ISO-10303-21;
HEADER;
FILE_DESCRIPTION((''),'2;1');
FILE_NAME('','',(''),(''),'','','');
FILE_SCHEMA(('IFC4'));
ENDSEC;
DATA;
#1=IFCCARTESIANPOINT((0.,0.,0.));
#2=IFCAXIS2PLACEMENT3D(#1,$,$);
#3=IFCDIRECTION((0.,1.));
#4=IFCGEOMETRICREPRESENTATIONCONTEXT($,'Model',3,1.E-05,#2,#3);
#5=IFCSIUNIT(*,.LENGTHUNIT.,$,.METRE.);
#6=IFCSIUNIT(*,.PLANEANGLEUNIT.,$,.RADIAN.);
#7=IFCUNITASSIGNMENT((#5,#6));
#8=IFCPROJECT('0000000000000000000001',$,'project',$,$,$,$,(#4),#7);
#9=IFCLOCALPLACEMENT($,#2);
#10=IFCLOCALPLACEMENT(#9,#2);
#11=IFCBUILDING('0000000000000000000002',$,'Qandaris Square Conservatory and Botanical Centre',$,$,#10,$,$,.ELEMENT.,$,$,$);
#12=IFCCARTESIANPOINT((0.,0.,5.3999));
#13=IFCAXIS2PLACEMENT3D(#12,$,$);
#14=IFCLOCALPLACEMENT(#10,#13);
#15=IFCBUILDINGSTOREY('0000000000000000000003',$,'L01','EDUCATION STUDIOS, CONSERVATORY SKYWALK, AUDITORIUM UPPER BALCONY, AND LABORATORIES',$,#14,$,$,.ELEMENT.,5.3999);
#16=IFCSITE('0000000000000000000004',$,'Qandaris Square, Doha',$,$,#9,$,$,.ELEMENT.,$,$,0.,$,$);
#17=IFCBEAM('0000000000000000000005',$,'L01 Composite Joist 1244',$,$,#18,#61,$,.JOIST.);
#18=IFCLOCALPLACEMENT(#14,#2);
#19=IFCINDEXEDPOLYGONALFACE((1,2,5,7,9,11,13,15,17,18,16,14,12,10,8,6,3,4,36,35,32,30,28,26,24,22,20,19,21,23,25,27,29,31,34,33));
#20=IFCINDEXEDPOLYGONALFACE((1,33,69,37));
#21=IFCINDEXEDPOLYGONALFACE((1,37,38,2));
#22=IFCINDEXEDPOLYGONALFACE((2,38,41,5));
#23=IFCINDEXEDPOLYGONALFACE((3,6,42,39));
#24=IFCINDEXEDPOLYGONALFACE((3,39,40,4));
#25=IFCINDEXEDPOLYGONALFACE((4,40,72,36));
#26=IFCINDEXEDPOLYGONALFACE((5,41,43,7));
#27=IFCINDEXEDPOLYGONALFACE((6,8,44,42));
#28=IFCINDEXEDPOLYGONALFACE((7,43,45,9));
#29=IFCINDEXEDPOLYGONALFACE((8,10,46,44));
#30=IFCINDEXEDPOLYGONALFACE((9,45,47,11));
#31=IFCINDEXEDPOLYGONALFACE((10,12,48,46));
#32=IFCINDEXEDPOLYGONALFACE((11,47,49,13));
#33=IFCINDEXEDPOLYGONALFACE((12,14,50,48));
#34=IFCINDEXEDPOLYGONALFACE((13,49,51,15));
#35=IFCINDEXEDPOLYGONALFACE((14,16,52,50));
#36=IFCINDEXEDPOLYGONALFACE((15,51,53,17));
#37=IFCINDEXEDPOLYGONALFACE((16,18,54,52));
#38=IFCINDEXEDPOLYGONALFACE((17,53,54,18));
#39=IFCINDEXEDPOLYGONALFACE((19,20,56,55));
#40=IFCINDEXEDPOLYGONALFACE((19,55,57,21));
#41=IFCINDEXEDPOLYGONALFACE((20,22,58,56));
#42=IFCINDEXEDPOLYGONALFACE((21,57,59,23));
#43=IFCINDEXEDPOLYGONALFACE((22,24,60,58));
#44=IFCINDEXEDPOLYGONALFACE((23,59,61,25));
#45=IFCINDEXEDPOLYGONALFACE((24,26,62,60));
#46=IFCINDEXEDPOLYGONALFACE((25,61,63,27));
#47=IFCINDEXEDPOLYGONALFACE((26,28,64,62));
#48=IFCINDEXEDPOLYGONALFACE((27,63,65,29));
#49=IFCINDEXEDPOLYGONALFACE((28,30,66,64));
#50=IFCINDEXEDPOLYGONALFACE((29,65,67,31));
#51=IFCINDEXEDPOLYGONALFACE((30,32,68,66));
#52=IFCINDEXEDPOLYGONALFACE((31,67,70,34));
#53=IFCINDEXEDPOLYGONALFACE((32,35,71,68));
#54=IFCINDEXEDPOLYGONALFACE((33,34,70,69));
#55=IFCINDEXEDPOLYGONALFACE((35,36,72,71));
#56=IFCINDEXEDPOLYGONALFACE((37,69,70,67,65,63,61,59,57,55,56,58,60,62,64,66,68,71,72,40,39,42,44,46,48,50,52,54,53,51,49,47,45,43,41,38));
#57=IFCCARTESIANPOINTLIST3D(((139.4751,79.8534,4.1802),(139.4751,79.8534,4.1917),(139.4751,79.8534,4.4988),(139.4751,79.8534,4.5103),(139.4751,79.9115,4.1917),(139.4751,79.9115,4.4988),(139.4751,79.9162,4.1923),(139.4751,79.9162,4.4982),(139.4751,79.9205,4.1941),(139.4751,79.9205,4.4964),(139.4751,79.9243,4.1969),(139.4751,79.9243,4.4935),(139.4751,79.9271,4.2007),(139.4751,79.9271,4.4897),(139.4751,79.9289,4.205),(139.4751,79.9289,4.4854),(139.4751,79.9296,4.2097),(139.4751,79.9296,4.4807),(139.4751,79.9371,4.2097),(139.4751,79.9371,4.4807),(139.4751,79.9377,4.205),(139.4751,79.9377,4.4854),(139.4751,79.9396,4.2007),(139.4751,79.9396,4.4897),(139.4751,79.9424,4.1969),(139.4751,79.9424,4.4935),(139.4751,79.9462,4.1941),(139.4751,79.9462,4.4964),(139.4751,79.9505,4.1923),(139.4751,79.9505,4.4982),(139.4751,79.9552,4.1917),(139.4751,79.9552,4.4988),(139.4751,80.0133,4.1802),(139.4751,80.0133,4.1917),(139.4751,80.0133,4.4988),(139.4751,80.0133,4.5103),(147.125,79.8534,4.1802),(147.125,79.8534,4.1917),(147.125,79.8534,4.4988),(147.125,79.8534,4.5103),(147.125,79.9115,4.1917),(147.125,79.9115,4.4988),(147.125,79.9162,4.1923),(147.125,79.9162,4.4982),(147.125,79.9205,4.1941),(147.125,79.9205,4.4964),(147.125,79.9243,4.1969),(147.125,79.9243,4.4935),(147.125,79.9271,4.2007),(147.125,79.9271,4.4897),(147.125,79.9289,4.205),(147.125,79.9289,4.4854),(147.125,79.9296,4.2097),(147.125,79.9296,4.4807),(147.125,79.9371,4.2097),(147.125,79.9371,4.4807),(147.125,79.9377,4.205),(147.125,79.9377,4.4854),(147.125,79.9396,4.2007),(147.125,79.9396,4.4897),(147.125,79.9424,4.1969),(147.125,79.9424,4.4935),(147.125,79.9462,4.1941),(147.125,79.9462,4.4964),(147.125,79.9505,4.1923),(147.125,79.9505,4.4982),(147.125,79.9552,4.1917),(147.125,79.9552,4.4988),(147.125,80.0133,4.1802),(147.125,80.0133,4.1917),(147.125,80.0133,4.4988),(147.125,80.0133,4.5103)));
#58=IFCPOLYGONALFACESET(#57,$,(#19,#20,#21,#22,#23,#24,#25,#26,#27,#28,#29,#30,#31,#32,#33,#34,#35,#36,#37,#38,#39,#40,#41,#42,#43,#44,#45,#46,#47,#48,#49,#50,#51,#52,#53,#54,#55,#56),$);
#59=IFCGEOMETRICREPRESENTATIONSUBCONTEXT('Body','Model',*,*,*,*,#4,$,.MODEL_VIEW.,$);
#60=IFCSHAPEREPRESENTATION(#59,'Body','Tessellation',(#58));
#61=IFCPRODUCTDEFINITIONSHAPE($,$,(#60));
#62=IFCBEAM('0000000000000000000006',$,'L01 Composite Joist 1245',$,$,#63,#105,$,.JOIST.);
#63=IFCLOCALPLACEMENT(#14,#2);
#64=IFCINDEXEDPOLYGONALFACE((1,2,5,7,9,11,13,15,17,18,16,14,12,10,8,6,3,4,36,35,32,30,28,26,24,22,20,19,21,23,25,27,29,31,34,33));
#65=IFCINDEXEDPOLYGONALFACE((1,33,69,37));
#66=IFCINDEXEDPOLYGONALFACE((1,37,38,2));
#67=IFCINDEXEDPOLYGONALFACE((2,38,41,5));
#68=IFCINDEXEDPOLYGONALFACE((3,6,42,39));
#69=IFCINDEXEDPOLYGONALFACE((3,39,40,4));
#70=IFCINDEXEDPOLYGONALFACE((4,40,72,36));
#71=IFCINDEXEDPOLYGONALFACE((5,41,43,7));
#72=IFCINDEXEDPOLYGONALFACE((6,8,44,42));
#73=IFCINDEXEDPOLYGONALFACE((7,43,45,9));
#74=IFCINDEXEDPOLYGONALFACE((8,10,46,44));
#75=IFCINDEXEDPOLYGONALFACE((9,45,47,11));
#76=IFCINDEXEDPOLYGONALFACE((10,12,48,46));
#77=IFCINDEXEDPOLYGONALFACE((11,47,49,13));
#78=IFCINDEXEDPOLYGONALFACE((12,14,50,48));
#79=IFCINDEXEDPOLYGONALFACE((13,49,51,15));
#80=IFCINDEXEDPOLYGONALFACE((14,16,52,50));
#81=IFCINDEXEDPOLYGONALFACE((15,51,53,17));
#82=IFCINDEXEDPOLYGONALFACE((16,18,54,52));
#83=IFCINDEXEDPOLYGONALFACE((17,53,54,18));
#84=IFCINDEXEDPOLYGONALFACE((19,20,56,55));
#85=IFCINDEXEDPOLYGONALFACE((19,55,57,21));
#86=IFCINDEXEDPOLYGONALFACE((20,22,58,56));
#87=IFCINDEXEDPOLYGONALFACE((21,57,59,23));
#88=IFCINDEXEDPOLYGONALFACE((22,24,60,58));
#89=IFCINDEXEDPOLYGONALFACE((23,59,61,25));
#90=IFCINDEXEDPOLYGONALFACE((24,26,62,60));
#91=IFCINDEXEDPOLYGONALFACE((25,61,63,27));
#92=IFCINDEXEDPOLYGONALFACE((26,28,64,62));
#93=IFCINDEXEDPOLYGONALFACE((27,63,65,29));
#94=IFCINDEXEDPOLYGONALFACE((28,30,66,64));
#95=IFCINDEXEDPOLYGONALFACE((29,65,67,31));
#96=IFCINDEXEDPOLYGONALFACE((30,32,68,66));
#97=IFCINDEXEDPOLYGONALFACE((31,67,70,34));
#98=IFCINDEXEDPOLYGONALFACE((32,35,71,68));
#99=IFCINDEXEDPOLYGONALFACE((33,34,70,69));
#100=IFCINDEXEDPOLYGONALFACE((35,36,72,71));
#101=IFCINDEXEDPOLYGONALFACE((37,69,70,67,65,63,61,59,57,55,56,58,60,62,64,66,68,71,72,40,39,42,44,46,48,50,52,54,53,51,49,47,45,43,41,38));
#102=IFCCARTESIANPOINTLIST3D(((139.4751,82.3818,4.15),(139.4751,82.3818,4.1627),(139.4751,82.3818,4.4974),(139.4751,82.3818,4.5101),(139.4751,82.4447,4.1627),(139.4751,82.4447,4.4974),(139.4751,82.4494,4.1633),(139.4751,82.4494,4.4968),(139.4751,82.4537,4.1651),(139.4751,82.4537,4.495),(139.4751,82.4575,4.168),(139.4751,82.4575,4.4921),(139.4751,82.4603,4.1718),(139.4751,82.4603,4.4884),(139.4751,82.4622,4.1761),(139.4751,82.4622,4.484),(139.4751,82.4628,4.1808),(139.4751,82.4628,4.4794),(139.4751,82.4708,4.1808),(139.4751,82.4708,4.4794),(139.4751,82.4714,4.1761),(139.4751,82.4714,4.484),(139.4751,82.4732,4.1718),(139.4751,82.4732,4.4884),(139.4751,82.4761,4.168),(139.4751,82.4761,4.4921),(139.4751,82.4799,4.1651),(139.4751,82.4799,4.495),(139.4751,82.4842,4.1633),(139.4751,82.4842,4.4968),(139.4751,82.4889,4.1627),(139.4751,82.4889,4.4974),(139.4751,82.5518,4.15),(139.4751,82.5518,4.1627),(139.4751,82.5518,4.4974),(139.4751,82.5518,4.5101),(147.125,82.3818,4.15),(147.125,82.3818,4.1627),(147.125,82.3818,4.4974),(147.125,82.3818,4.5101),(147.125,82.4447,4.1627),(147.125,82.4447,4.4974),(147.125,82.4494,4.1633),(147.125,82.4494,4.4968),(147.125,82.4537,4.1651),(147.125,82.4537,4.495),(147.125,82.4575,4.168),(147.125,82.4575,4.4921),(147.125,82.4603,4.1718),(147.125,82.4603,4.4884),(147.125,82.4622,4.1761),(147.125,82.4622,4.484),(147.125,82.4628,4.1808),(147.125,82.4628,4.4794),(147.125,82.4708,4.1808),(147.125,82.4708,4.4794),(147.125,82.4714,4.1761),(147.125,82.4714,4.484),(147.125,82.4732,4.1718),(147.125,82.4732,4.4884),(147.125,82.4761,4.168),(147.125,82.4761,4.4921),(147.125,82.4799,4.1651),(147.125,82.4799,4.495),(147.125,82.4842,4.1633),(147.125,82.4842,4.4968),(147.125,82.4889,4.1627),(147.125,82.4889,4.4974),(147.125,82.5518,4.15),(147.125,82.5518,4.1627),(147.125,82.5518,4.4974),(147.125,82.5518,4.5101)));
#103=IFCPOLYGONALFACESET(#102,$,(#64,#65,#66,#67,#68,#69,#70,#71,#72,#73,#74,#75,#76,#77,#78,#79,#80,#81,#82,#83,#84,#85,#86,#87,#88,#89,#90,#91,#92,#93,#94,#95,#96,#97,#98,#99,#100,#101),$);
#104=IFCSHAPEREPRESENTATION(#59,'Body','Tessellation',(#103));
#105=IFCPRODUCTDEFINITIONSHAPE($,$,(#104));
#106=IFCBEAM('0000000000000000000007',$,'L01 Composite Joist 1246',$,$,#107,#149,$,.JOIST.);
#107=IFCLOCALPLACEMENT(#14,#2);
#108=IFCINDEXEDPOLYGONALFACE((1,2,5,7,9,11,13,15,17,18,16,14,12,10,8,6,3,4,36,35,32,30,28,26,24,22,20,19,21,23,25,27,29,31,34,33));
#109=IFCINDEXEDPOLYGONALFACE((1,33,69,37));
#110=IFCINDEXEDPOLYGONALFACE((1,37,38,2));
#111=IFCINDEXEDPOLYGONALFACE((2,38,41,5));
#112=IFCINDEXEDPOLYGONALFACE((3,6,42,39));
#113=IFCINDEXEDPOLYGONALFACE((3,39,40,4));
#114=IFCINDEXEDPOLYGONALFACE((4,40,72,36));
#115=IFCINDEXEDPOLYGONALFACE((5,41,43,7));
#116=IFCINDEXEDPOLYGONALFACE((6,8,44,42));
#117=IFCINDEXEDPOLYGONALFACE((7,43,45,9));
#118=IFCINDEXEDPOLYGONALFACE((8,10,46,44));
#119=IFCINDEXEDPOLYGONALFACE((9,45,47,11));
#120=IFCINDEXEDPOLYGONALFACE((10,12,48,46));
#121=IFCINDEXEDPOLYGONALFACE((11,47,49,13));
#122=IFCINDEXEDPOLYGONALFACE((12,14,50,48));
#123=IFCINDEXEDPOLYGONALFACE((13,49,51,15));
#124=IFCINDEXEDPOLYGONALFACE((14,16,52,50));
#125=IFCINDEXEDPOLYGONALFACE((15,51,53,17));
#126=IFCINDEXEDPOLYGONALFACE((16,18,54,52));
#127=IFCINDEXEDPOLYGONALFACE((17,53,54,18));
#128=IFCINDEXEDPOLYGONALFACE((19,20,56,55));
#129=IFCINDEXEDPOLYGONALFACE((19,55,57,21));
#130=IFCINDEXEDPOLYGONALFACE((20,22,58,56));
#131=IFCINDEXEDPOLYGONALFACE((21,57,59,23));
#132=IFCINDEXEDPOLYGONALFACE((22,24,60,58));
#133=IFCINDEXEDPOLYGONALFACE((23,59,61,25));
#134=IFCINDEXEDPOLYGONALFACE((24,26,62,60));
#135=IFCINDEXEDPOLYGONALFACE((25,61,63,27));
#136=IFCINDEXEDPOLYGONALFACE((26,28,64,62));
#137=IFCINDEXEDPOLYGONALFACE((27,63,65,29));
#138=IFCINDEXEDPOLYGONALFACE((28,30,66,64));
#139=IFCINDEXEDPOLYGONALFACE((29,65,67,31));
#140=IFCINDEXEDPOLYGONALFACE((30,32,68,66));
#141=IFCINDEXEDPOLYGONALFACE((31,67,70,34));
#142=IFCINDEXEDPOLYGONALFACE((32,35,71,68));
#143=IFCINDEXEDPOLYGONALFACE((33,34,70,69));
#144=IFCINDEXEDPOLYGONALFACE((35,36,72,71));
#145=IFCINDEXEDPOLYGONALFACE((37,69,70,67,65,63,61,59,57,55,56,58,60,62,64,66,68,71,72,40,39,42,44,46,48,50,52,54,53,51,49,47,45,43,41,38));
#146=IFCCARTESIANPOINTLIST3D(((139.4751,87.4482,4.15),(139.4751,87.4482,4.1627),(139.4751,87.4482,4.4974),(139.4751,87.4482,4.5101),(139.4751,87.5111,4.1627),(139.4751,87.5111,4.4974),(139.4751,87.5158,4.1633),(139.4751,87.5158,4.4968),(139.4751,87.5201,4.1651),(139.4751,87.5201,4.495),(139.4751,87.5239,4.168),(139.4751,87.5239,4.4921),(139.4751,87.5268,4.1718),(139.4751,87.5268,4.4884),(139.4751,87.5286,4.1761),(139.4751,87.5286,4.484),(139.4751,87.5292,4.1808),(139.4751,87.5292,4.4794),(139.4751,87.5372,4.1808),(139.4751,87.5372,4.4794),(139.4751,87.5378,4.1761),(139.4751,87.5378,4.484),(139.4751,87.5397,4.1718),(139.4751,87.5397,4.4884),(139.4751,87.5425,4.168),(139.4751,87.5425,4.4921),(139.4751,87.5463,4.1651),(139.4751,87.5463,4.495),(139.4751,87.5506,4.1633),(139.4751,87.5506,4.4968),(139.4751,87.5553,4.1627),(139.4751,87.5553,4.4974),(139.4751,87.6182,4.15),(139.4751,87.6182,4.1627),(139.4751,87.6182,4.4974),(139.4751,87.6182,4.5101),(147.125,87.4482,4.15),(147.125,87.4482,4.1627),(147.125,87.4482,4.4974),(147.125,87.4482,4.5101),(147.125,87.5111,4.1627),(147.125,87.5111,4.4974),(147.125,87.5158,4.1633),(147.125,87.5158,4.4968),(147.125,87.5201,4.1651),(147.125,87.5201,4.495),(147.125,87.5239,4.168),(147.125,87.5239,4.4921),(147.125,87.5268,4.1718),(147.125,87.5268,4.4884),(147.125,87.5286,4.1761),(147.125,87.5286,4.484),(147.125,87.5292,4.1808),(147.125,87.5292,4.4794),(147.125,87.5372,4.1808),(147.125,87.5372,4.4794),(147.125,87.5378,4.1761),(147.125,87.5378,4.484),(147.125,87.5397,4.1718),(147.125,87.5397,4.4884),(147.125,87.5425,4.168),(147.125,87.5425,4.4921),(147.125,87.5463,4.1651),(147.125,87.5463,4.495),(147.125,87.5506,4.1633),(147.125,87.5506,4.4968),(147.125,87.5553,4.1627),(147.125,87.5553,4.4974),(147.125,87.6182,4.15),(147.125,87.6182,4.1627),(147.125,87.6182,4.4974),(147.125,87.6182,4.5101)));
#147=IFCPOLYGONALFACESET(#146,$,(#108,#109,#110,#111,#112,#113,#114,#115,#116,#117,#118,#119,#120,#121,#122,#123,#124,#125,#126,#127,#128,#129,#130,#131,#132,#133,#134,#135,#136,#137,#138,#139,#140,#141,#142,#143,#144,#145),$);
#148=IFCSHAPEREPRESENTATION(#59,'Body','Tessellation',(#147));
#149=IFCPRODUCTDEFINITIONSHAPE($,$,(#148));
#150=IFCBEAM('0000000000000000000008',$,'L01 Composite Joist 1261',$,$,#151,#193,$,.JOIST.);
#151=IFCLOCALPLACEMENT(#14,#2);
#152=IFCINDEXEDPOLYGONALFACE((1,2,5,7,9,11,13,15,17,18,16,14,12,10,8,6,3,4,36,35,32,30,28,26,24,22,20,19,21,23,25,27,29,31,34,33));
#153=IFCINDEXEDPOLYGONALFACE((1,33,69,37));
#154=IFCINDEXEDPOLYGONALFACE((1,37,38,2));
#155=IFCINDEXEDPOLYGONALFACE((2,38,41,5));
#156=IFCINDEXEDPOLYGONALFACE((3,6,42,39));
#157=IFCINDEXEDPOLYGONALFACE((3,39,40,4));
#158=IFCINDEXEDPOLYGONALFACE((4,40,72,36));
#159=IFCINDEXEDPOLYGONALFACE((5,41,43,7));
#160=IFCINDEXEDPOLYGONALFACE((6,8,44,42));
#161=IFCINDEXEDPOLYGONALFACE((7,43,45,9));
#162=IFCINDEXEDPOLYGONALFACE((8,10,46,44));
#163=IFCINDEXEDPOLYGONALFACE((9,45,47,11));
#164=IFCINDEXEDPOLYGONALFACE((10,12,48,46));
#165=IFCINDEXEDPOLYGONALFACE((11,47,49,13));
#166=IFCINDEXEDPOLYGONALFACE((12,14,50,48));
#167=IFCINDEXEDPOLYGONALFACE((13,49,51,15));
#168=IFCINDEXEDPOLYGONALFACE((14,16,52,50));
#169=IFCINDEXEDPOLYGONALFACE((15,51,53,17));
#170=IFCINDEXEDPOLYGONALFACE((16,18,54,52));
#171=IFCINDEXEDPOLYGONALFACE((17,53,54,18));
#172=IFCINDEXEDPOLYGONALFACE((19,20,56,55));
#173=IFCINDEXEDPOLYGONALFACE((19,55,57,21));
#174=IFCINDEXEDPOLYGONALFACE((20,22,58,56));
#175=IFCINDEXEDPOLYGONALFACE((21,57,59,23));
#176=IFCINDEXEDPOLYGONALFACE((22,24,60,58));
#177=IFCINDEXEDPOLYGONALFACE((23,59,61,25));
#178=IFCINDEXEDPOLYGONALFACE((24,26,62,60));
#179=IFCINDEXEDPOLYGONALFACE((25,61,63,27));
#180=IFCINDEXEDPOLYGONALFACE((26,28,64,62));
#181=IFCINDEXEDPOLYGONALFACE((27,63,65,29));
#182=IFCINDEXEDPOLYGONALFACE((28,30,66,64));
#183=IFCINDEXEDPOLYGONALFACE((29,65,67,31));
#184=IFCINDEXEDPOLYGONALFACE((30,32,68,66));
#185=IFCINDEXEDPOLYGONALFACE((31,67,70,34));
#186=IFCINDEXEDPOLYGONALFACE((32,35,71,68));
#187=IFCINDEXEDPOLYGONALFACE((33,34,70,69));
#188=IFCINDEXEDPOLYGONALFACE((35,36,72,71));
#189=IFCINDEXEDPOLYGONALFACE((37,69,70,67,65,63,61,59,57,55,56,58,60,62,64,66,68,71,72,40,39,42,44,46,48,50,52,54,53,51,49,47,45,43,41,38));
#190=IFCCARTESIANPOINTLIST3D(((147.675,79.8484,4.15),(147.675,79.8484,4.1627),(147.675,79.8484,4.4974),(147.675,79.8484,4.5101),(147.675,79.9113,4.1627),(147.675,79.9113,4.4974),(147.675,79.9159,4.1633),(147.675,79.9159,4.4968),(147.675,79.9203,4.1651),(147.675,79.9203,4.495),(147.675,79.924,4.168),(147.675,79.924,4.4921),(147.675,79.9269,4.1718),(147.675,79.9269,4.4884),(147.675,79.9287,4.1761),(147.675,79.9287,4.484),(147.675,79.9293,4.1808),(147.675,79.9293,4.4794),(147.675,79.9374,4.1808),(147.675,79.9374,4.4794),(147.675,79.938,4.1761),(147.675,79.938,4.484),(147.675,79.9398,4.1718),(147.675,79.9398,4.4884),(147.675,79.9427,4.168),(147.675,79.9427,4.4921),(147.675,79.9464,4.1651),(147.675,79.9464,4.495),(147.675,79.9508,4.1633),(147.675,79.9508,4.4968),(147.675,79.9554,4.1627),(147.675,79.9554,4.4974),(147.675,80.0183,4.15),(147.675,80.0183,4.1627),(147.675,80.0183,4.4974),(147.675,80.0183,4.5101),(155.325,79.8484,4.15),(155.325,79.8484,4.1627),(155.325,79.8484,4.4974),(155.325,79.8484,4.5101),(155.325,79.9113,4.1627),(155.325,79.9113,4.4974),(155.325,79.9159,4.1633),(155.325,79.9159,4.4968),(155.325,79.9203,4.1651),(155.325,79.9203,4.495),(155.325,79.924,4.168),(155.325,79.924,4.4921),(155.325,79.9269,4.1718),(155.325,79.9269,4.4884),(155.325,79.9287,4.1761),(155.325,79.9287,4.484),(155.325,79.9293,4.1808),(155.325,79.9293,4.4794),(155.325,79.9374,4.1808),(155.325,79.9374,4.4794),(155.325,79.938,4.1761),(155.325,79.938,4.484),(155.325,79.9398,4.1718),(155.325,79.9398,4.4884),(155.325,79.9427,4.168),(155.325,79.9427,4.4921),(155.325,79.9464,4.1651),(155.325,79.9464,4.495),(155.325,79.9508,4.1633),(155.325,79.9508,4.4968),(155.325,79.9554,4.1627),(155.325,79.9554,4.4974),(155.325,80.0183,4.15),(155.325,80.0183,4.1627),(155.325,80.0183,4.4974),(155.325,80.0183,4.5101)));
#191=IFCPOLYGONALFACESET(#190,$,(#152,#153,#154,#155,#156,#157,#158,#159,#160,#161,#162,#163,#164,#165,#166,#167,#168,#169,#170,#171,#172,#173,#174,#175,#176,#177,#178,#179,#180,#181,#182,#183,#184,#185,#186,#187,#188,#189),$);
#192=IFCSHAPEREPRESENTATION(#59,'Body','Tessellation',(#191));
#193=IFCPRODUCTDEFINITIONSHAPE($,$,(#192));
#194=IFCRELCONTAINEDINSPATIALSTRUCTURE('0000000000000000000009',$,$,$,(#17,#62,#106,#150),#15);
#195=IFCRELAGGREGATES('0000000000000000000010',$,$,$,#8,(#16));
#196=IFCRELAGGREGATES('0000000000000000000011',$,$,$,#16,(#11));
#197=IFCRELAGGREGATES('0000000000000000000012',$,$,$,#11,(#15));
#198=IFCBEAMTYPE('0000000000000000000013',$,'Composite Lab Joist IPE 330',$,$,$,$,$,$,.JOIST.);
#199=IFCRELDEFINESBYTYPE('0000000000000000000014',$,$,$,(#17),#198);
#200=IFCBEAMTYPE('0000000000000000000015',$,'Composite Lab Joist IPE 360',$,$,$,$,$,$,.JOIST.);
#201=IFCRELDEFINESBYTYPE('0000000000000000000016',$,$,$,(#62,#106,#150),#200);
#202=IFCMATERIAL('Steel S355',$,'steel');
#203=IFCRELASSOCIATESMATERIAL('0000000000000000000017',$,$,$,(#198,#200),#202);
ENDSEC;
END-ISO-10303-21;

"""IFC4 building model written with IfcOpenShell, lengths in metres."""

from ifc_helpers import new_model, si_unit, direction, frame, origin, origin_2d, place, context, subcontext, project, spatial, i_section, extrude, material, material_profile, profile_set, type_object, element, save


model = new_model("IFC4")

# Units and contexts
model_context = context("Model", 3, precision=1e-05, world=origin(), true_north=direction((0.0, 1.0)))
body_context = subcontext(model_context, "Body", "Model", "MODEL_VIEW")
ifc_project = project(units=[si_unit("LENGTHUNIT", "METRE"), si_unit("PLANEANGLEUNIT", "RADIAN")], contexts=[model_context])

# Site, building, storey
site_placement = place(None, origin())
site = spatial("IfcSite", under=ifc_project, at=site_placement, Name="Qandaris Square, Doha", CompositionType="ELEMENT", RefElevation=0.0)
building_placement = place(site_placement, origin())
building = spatial("IfcBuilding", under=site, at=building_placement, Name="Qandaris Square Conservatory and Botanical Centre", CompositionType="ELEMENT")
storey_placement = place(building_placement, frame((0.0, 0.0, 5.3999)))
storey = spatial("IfcBuildingStorey", under=building, at=storey_placement, Name="L01", Description="EDUCATION STUDIOS, CONSERVATORY SKYWALK, AUDITORIUM UPPER BALCONY, AND LABORATORIES", CompositionType="ELEMENT", Elevation=5.3999)

# Beams
ifc_material_1 = material(Name="Steel S355", Category="steel")
ifc_material_profile_1 = material_profile(ifc_material_1, i_section(OverallWidth=0.1599, OverallDepth=0.3301, WebThickness=0.0076, FlangeThickness=0.0115, FilletRadius=0.0181, at=origin_2d()), Name="IPE 330")
ifc_profile_set_1 = profile_set([ifc_material_profile_1], Name="Steel S355")
beam_type_1 = type_object("IfcBeamType", Name="Composite Lab Joist IPE 330", PredefinedType="JOIST", material=ifc_profile_set_1)
for number, where, z_axis, x_axis, name in (
    (1, (139.4751, 79.9333, 4.3452), (1.0, 0.0, 0.0), (0.0, 1.0, 0.0), "L01 Composite Joist 1244"),
):
    element("IfcBeam", number, at=place(storey_placement, frame(where, z_axis=z_axis, x_axis=x_axis)), inside=storey, type_object=beam_type_1, Name=name, PredefinedType="JOIST", context=body_context, shape_type="SweptSolid", body=[
        extrude(i_section(OverallWidth=0.1599, OverallDepth=0.3301, WebThickness=0.0076, FlangeThickness=0.0115, FilletRadius=0.0181, at=origin_2d()), origin(), (0.0, 0.0, 1.0), 7.6499),
    ])
ifc_material_profile_2 = material_profile(ifc_material_1, i_section(OverallWidth=0.1699, OverallDepth=0.3601, WebThickness=0.0081, FlangeThickness=0.0127, FilletRadius=0.0181, at=origin_2d()), Name="IPE 360")
ifc_profile_set_2 = profile_set([ifc_material_profile_2], Name="Steel S355")
beam_type_2 = type_object("IfcBeamType", Name="Composite Lab Joist IPE 360", PredefinedType="JOIST", material=ifc_profile_set_2)
for number, where, z_axis, x_axis, name in (
    (2, (139.4751, 82.4668, 4.3301), (1.0, 0.0, 0.0), (0.0, 1.0, 0.0), "L01 Composite Joist 1245"),
    (3, (139.4751, 87.5332, 4.3301), (1.0, 0.0, 0.0), (0.0, 1.0, 0.0), "L01 Composite Joist 1246"),
    (4, (147.675, 79.9333, 4.3301), (1.0, 0.0, 0.0), (0.0, 1.0, 0.0), "L01 Composite Joist 1261"),
):
    element("IfcBeam", number, at=place(storey_placement, frame(where, z_axis=z_axis, x_axis=x_axis)), inside=storey, type_object=beam_type_2, Name=name, PredefinedType="JOIST", context=body_context, shape_type="SweptSolid", body=[
        extrude(i_section(OverallWidth=0.1699, OverallDepth=0.3601, WebThickness=0.0081, FlangeThickness=0.0127, FilletRadius=0.0181, at=origin_2d()), origin(), (0.0, 0.0, 1.0), 7.6499),
    ])

save(model, "model.ifc")
